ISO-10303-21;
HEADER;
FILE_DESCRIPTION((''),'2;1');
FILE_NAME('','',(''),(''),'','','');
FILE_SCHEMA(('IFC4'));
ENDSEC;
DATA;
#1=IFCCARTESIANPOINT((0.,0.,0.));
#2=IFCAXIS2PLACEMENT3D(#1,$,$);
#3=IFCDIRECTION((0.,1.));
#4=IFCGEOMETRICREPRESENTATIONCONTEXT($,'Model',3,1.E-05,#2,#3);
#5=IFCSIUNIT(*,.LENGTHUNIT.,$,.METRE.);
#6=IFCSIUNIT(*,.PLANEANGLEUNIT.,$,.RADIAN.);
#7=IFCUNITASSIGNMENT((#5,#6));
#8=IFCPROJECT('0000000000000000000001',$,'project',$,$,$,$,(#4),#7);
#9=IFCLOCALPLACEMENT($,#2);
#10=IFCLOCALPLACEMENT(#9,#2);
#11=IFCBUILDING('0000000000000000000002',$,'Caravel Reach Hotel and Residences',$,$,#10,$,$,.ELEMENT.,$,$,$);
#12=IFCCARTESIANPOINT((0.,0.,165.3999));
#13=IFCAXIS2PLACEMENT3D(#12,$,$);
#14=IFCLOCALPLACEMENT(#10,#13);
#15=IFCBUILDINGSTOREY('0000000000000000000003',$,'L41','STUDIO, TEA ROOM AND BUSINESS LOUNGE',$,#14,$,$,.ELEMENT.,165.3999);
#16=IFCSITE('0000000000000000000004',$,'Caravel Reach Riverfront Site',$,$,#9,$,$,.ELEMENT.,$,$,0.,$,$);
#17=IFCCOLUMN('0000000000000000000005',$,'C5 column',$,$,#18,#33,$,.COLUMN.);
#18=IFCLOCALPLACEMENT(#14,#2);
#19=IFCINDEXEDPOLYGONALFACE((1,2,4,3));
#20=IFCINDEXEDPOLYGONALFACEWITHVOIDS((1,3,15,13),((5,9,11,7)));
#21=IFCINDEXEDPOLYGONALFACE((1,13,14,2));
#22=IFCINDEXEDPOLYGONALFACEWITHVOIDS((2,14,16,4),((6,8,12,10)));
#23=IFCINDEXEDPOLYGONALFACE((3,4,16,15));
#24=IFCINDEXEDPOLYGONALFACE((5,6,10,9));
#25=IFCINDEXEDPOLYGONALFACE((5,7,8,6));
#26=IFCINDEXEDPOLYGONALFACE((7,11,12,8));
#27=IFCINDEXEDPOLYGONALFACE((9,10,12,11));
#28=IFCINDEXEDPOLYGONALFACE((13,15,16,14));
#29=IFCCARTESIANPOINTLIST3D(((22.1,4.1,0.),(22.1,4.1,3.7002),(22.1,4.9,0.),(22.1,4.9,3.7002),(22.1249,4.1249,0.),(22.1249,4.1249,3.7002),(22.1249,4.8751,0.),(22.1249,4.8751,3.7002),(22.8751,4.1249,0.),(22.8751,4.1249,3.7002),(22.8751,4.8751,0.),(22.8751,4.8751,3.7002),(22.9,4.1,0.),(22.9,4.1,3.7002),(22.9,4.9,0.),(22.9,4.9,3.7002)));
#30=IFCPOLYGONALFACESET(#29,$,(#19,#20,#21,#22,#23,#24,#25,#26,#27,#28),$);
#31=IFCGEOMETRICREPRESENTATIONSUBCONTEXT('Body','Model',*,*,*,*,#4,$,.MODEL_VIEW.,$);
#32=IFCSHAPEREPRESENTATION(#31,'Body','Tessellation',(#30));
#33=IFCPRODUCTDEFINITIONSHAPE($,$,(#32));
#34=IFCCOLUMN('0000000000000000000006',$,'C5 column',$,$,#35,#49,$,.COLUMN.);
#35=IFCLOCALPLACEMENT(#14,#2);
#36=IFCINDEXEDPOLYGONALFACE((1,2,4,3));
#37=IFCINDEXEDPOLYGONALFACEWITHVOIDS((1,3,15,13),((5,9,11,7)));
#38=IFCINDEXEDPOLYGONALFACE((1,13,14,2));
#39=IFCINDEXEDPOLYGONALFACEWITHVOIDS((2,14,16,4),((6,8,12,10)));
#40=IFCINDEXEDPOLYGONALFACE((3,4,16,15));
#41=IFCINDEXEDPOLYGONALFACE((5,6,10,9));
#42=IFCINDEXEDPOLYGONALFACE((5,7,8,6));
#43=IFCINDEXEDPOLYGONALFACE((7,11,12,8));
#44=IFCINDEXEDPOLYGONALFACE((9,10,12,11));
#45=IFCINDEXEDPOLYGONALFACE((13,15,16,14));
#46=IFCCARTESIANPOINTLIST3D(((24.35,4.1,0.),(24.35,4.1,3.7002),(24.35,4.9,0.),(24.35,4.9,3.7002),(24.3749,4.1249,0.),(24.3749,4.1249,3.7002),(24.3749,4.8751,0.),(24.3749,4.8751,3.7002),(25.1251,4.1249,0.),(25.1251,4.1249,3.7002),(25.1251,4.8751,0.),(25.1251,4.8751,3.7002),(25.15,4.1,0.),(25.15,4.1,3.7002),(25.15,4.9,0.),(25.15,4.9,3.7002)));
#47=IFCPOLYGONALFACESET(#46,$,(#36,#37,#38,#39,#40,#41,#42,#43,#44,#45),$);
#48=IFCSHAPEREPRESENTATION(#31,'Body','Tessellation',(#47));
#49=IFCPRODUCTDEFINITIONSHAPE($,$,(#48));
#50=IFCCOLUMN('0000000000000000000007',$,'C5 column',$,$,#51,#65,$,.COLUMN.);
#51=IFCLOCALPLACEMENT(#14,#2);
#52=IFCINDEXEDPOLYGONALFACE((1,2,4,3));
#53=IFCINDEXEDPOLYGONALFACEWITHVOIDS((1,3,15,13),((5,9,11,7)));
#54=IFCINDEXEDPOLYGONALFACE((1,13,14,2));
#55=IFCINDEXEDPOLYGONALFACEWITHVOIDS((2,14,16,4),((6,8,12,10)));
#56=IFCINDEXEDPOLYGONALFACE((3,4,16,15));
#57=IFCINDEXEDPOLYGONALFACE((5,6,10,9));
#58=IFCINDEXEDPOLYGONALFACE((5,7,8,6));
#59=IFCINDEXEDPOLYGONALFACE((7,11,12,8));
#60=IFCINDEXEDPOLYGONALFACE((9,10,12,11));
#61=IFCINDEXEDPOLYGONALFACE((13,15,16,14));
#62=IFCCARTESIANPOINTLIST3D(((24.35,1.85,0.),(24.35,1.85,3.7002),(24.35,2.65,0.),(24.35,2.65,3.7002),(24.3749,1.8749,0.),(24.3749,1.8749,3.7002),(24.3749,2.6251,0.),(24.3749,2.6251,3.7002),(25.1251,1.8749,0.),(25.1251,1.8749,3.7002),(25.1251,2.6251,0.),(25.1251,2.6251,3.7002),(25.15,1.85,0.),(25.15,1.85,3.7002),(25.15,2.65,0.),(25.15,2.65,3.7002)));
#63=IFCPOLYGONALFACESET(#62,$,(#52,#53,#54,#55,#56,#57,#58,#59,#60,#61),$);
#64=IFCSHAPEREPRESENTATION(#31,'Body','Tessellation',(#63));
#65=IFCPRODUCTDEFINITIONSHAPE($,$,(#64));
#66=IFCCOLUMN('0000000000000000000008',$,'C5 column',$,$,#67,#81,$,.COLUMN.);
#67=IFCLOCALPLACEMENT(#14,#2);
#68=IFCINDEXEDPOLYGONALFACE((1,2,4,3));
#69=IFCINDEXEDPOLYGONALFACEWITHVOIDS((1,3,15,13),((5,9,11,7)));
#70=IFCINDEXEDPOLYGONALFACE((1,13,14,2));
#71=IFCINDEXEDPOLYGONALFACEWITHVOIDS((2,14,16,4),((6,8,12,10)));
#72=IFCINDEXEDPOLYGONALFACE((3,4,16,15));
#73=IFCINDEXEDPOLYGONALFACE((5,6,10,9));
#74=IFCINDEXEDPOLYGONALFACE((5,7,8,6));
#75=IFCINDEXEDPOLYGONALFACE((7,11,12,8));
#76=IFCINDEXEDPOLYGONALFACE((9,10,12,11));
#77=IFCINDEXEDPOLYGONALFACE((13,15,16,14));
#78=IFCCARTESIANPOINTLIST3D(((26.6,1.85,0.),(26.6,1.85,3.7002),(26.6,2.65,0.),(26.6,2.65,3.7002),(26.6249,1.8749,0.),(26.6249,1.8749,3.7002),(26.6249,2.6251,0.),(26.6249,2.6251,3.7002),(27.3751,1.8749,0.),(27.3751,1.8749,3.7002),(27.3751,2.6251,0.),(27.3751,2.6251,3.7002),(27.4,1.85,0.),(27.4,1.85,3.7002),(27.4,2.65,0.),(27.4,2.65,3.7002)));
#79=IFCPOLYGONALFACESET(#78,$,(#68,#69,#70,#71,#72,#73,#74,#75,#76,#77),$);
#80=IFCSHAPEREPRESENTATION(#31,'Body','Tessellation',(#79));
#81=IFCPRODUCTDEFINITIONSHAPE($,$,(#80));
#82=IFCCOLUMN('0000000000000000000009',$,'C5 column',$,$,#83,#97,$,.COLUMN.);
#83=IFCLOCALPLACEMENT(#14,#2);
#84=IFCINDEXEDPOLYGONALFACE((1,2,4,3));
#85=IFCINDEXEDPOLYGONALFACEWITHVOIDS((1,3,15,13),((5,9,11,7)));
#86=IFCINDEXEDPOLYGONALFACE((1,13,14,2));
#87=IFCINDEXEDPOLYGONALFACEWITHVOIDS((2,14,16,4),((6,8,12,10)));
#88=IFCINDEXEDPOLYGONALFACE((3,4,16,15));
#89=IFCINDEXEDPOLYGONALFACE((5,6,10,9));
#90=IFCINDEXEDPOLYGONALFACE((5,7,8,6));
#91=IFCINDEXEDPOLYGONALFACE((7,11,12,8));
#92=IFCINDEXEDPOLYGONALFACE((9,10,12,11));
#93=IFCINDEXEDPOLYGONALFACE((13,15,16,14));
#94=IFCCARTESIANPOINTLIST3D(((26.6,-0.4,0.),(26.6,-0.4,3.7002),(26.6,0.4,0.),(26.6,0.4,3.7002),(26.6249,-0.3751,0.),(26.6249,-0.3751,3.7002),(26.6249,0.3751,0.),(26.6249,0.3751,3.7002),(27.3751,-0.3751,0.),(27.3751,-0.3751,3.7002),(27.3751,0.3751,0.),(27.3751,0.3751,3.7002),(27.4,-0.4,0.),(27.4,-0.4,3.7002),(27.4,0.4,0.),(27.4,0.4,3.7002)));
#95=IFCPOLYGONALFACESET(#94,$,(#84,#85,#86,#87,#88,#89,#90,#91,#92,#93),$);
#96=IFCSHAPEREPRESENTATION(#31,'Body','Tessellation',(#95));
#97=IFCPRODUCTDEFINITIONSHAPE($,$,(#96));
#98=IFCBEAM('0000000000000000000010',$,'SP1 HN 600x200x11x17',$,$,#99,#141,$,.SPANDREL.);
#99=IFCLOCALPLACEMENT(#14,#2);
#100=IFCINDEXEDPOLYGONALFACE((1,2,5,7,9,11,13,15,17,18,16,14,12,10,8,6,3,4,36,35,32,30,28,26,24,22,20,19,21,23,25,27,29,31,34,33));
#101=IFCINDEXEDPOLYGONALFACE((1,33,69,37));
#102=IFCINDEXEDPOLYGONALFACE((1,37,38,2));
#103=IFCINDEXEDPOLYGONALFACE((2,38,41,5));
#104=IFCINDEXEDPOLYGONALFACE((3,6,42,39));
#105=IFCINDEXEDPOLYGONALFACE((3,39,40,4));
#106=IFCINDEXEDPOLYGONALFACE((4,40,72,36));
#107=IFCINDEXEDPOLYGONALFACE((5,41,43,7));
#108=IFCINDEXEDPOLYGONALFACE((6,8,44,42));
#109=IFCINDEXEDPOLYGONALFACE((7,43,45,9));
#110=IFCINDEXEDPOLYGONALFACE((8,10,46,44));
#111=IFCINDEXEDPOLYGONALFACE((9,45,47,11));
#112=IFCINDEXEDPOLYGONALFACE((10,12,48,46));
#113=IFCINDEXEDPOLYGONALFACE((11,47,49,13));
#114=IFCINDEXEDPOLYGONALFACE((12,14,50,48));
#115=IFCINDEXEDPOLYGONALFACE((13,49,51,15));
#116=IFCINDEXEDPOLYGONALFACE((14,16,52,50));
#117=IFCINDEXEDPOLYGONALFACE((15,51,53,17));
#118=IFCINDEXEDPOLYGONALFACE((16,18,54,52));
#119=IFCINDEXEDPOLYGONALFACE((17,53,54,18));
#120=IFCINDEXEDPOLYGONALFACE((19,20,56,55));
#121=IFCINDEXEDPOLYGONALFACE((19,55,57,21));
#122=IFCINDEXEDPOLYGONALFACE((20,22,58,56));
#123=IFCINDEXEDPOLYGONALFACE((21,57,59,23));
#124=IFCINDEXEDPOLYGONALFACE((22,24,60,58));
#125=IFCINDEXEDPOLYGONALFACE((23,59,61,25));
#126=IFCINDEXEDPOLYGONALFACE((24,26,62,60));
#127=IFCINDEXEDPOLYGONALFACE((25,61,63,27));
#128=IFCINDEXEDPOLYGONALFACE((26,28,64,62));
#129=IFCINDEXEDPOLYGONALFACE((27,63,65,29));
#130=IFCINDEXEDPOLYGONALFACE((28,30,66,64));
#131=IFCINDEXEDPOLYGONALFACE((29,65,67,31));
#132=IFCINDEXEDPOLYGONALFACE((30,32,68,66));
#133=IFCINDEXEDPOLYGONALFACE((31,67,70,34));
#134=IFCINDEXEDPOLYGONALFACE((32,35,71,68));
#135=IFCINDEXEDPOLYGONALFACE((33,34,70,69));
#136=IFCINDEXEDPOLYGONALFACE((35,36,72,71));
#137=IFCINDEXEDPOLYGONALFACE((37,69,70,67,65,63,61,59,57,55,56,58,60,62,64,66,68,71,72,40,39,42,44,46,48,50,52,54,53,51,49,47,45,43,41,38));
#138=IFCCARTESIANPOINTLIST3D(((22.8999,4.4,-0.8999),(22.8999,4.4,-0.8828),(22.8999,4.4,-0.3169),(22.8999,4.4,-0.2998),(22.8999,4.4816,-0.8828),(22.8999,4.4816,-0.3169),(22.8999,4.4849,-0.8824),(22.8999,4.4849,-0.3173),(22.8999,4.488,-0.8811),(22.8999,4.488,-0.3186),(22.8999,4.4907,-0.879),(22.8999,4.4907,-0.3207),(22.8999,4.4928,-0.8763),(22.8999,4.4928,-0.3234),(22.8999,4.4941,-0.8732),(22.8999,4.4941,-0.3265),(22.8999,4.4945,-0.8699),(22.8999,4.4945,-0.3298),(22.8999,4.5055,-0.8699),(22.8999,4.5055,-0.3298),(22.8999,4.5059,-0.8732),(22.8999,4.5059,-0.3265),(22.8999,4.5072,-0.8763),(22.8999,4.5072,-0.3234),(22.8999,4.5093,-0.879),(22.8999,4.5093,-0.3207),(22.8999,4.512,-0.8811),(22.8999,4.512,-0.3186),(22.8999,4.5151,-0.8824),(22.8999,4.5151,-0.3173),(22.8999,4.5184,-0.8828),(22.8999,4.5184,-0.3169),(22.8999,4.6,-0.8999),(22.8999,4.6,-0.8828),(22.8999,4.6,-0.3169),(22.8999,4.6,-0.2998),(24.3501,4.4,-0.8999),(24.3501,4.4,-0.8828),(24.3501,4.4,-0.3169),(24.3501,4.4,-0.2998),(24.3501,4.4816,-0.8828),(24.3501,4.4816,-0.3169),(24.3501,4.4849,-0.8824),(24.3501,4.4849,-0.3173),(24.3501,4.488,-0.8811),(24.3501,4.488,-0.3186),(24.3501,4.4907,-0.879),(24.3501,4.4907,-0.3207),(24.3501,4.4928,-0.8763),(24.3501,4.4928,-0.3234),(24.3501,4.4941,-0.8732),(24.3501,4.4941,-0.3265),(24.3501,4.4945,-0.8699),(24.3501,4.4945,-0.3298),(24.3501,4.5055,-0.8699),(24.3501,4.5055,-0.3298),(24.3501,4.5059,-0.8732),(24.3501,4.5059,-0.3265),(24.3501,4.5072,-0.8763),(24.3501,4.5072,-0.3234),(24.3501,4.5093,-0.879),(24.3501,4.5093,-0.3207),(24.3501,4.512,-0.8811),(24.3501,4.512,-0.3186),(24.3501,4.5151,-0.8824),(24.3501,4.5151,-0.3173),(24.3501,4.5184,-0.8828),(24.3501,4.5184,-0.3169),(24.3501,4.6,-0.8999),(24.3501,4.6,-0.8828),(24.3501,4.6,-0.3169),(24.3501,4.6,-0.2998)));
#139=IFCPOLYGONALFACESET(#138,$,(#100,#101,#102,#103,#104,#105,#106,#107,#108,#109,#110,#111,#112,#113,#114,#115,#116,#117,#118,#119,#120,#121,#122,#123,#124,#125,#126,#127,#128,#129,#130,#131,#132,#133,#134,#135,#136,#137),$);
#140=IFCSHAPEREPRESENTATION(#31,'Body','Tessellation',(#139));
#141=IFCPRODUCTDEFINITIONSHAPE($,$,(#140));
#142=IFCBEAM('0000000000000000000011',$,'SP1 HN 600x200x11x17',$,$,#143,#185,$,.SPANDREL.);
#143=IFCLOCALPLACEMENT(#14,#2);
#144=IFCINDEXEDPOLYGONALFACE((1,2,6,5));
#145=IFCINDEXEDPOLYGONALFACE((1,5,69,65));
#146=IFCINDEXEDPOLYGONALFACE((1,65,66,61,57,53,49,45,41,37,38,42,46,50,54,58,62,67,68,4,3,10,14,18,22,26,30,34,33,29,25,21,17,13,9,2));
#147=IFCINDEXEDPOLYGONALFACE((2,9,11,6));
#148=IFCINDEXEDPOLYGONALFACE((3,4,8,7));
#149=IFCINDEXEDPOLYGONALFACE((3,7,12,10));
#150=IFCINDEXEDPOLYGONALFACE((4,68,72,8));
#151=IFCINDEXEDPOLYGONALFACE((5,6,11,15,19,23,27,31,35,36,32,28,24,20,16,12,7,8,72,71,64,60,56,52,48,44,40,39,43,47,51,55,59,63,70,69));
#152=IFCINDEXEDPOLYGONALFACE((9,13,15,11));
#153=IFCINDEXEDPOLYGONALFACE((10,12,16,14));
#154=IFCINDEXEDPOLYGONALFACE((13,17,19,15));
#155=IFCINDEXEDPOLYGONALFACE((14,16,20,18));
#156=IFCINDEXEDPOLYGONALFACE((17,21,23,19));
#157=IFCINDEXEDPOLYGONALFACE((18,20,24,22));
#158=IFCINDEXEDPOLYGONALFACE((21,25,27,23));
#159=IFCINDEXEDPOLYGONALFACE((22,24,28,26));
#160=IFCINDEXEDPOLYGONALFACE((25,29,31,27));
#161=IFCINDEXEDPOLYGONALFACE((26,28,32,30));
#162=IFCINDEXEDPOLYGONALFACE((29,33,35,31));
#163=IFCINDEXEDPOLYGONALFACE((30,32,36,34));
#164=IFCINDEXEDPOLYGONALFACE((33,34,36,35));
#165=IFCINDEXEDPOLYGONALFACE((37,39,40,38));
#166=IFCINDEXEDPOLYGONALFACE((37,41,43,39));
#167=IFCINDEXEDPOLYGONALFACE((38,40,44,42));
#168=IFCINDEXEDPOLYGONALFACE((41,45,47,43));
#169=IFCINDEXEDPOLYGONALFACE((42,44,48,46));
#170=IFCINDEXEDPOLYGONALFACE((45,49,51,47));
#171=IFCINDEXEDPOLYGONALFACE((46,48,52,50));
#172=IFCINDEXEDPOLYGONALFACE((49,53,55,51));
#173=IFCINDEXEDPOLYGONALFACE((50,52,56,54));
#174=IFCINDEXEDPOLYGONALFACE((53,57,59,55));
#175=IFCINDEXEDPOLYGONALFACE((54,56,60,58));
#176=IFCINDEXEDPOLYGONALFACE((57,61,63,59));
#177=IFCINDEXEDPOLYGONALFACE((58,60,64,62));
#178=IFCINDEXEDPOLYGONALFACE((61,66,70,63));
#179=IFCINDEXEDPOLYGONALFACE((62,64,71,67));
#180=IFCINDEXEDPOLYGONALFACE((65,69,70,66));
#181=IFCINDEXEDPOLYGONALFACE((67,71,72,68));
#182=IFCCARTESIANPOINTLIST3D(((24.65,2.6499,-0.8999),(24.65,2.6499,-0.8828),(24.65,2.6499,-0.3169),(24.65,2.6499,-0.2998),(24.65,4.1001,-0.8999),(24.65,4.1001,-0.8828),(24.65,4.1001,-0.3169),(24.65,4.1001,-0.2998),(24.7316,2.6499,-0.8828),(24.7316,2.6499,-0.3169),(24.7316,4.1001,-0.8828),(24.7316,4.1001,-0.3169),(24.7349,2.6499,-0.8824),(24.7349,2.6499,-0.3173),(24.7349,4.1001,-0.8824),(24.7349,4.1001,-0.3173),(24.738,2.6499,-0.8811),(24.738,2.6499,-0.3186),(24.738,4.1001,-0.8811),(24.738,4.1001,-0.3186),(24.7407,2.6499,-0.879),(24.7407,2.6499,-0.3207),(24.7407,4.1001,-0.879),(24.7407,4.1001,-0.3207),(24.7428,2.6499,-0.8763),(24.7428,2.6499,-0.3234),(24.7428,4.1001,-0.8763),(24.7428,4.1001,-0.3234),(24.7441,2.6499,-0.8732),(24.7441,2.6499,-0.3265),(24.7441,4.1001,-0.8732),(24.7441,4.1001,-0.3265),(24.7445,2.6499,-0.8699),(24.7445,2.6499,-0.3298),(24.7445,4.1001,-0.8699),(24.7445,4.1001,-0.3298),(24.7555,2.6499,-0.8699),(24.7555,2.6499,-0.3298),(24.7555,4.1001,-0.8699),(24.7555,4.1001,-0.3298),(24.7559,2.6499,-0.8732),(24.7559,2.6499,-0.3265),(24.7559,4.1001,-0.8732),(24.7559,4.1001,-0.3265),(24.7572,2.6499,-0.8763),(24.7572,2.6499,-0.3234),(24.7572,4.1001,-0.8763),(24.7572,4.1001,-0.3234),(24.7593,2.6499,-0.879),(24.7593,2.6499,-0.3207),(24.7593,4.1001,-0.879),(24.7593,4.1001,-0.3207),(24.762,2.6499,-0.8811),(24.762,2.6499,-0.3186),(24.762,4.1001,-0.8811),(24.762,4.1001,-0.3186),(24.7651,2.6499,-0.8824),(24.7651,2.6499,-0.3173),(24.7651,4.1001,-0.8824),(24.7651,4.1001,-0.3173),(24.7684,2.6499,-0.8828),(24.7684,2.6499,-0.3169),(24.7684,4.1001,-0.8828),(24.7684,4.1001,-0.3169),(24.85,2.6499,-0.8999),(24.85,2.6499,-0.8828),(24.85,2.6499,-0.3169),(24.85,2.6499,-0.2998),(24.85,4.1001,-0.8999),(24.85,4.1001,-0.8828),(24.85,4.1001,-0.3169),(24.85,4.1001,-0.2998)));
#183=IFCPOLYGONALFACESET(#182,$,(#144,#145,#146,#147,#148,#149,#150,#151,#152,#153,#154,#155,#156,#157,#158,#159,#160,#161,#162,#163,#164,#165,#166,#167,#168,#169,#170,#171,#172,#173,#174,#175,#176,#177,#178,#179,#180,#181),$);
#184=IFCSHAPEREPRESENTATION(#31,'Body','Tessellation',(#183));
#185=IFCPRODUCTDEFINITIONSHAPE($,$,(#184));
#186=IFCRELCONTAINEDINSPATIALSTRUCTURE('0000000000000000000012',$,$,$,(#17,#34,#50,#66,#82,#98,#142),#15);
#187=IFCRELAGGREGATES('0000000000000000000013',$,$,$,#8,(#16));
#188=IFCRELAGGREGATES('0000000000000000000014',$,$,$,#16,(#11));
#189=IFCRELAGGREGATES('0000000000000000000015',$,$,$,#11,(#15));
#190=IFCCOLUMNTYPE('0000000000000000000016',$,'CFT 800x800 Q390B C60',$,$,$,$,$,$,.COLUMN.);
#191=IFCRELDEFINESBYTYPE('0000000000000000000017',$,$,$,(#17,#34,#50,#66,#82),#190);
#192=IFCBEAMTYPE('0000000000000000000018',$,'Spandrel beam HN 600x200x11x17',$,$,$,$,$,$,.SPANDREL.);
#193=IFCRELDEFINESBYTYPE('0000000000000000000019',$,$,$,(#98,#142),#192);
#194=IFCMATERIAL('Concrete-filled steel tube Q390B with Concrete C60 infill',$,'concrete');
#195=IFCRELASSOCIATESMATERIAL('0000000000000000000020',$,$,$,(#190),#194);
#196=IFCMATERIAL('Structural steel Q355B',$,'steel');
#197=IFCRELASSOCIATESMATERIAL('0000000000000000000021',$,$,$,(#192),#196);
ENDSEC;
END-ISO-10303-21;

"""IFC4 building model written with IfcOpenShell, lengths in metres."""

from ifc_helpers import new_model, si_unit, direction, frame, origin, origin_2d, place, context, subcontext, project, spatial, hollow_rectangle, i_section, extrude, material, material_profile, profile_set, type_object, element, save


model = new_model("IFC4")

# Units and contexts
model_context = context("Model", 3, precision=1e-05, world=origin(), true_north=direction((0.0, 1.0)))
body_context = subcontext(model_context, "Body", "Model", "MODEL_VIEW")
ifc_project = project(units=[si_unit("LENGTHUNIT", "METRE"), si_unit("PLANEANGLEUNIT", "RADIAN")], contexts=[model_context])

# Site, building, storey
site_placement = place(None, origin())
site = spatial("IfcSite", under=ifc_project, at=site_placement, Name="Caravel Reach Riverfront Site", CompositionType="ELEMENT", RefElevation=0.0)
building_placement = place(site_placement, origin())
building = spatial("IfcBuilding", under=site, at=building_placement, Name="Caravel Reach Hotel and Residences", CompositionType="ELEMENT")
storey_placement = place(building_placement, frame((0.0, 0.0, 165.3999)))
storey = spatial("IfcBuildingStorey", under=building, at=storey_placement, Name="L41", Description="STUDIO, TEA ROOM AND BUSINESS LOUNGE", CompositionType="ELEMENT", Elevation=165.3999)

# Columns
ifc_material_1 = material(Name="Concrete-filled steel tube Q390B with Concrete C60 infill", Category="concrete")
ifc_material_profile_1 = material_profile(ifc_material_1, hollow_rectangle(XDim=0.8, YDim=0.8, WallThickness=0.0249, at=origin_2d()), Name="RHS 800x800x25")
ifc_profile_set_1 = profile_set([ifc_material_profile_1], Name="Concrete-filled steel tube Q390B with Concrete C60 infill")
column_type = type_object("IfcColumnType", Name="CFT 800x800 Q390B C60", PredefinedType="COLUMN", material=ifc_profile_set_1)
for number, where, z_axis, x_axis, name in (
    (1, (22.5, 4.5, 0.0), (0.0, 0.0, 1.0), (1.0, 0.0, 0.0), "C5 column"),
    (2, (24.75, 4.5, 0.0), (0.0, 0.0, 1.0), (1.0, 0.0, 0.0), "C5 column"),
    (3, (24.75, 2.25, 0.0), (0.0, 0.0, 1.0), (1.0, 0.0, 0.0), "C5 column"),
    (4, (27.0, 2.25, 0.0), (0.0, 0.0, 1.0), (1.0, 0.0, 0.0), "C5 column"),
    (5, (27.0, 0.0, 0.0), (0.0, 0.0, 1.0), (1.0, 0.0, 0.0), "C5 column"),
):
    element("IfcColumn", number, at=place(storey_placement, frame(where, z_axis=z_axis, x_axis=x_axis)), inside=storey, type_object=column_type, Name=name, PredefinedType="COLUMN", context=body_context, shape_type="SweptSolid", body=[
        extrude(hollow_rectangle(XDim=0.8, YDim=0.8, WallThickness=0.0249, at=origin_2d()), origin(), (0.0, 0.0, 1.0), 3.7002),
    ])

# Beams
ifc_material_2 = material(Name="Structural steel Q355B", Category="steel")
ifc_material_profile_2 = material_profile(ifc_material_2, i_section(OverallWidth=0.2, OverallDepth=0.6001, WebThickness=0.011, FlangeThickness=0.0171, FilletRadius=0.0129, at=origin_2d()), Name="HN 600x200x11x17")
ifc_profile_set_2 = profile_set([ifc_material_profile_2], Name="Structural steel Q355B")
beam_type = type_object("IfcBeamType", Name="Spandrel beam HN 600x200x11x17", PredefinedType="SPANDREL", material=ifc_profile_set_2)
for number, where, z_axis, x_axis, name in (
    (6, (22.8999, 4.5, -0.5999), (1.0, 0.0, 0.0), (0.0, 1.0, 0.0), "SP1 HN 600x200x11x17"),
    (7, (24.75, 4.1001, -0.5999), (0.0, -1.0, 0.0), (1.0, 0.0, 0.0), "SP1 HN 600x200x11x17"),
):
    element("IfcBeam", number, at=place(storey_placement, frame(where, z_axis=z_axis, x_axis=x_axis)), inside=storey, type_object=beam_type, Name=name, PredefinedType="SPANDREL", context=body_context, shape_type="SweptSolid", body=[
        extrude(i_section(OverallWidth=0.2, OverallDepth=0.6001, WebThickness=0.011, FlangeThickness=0.0171, FilletRadius=0.0129, at=origin_2d()), origin(), (0.0, 0.0, 1.0), 1.4502),
    ])

save(model, "model.ifc")
